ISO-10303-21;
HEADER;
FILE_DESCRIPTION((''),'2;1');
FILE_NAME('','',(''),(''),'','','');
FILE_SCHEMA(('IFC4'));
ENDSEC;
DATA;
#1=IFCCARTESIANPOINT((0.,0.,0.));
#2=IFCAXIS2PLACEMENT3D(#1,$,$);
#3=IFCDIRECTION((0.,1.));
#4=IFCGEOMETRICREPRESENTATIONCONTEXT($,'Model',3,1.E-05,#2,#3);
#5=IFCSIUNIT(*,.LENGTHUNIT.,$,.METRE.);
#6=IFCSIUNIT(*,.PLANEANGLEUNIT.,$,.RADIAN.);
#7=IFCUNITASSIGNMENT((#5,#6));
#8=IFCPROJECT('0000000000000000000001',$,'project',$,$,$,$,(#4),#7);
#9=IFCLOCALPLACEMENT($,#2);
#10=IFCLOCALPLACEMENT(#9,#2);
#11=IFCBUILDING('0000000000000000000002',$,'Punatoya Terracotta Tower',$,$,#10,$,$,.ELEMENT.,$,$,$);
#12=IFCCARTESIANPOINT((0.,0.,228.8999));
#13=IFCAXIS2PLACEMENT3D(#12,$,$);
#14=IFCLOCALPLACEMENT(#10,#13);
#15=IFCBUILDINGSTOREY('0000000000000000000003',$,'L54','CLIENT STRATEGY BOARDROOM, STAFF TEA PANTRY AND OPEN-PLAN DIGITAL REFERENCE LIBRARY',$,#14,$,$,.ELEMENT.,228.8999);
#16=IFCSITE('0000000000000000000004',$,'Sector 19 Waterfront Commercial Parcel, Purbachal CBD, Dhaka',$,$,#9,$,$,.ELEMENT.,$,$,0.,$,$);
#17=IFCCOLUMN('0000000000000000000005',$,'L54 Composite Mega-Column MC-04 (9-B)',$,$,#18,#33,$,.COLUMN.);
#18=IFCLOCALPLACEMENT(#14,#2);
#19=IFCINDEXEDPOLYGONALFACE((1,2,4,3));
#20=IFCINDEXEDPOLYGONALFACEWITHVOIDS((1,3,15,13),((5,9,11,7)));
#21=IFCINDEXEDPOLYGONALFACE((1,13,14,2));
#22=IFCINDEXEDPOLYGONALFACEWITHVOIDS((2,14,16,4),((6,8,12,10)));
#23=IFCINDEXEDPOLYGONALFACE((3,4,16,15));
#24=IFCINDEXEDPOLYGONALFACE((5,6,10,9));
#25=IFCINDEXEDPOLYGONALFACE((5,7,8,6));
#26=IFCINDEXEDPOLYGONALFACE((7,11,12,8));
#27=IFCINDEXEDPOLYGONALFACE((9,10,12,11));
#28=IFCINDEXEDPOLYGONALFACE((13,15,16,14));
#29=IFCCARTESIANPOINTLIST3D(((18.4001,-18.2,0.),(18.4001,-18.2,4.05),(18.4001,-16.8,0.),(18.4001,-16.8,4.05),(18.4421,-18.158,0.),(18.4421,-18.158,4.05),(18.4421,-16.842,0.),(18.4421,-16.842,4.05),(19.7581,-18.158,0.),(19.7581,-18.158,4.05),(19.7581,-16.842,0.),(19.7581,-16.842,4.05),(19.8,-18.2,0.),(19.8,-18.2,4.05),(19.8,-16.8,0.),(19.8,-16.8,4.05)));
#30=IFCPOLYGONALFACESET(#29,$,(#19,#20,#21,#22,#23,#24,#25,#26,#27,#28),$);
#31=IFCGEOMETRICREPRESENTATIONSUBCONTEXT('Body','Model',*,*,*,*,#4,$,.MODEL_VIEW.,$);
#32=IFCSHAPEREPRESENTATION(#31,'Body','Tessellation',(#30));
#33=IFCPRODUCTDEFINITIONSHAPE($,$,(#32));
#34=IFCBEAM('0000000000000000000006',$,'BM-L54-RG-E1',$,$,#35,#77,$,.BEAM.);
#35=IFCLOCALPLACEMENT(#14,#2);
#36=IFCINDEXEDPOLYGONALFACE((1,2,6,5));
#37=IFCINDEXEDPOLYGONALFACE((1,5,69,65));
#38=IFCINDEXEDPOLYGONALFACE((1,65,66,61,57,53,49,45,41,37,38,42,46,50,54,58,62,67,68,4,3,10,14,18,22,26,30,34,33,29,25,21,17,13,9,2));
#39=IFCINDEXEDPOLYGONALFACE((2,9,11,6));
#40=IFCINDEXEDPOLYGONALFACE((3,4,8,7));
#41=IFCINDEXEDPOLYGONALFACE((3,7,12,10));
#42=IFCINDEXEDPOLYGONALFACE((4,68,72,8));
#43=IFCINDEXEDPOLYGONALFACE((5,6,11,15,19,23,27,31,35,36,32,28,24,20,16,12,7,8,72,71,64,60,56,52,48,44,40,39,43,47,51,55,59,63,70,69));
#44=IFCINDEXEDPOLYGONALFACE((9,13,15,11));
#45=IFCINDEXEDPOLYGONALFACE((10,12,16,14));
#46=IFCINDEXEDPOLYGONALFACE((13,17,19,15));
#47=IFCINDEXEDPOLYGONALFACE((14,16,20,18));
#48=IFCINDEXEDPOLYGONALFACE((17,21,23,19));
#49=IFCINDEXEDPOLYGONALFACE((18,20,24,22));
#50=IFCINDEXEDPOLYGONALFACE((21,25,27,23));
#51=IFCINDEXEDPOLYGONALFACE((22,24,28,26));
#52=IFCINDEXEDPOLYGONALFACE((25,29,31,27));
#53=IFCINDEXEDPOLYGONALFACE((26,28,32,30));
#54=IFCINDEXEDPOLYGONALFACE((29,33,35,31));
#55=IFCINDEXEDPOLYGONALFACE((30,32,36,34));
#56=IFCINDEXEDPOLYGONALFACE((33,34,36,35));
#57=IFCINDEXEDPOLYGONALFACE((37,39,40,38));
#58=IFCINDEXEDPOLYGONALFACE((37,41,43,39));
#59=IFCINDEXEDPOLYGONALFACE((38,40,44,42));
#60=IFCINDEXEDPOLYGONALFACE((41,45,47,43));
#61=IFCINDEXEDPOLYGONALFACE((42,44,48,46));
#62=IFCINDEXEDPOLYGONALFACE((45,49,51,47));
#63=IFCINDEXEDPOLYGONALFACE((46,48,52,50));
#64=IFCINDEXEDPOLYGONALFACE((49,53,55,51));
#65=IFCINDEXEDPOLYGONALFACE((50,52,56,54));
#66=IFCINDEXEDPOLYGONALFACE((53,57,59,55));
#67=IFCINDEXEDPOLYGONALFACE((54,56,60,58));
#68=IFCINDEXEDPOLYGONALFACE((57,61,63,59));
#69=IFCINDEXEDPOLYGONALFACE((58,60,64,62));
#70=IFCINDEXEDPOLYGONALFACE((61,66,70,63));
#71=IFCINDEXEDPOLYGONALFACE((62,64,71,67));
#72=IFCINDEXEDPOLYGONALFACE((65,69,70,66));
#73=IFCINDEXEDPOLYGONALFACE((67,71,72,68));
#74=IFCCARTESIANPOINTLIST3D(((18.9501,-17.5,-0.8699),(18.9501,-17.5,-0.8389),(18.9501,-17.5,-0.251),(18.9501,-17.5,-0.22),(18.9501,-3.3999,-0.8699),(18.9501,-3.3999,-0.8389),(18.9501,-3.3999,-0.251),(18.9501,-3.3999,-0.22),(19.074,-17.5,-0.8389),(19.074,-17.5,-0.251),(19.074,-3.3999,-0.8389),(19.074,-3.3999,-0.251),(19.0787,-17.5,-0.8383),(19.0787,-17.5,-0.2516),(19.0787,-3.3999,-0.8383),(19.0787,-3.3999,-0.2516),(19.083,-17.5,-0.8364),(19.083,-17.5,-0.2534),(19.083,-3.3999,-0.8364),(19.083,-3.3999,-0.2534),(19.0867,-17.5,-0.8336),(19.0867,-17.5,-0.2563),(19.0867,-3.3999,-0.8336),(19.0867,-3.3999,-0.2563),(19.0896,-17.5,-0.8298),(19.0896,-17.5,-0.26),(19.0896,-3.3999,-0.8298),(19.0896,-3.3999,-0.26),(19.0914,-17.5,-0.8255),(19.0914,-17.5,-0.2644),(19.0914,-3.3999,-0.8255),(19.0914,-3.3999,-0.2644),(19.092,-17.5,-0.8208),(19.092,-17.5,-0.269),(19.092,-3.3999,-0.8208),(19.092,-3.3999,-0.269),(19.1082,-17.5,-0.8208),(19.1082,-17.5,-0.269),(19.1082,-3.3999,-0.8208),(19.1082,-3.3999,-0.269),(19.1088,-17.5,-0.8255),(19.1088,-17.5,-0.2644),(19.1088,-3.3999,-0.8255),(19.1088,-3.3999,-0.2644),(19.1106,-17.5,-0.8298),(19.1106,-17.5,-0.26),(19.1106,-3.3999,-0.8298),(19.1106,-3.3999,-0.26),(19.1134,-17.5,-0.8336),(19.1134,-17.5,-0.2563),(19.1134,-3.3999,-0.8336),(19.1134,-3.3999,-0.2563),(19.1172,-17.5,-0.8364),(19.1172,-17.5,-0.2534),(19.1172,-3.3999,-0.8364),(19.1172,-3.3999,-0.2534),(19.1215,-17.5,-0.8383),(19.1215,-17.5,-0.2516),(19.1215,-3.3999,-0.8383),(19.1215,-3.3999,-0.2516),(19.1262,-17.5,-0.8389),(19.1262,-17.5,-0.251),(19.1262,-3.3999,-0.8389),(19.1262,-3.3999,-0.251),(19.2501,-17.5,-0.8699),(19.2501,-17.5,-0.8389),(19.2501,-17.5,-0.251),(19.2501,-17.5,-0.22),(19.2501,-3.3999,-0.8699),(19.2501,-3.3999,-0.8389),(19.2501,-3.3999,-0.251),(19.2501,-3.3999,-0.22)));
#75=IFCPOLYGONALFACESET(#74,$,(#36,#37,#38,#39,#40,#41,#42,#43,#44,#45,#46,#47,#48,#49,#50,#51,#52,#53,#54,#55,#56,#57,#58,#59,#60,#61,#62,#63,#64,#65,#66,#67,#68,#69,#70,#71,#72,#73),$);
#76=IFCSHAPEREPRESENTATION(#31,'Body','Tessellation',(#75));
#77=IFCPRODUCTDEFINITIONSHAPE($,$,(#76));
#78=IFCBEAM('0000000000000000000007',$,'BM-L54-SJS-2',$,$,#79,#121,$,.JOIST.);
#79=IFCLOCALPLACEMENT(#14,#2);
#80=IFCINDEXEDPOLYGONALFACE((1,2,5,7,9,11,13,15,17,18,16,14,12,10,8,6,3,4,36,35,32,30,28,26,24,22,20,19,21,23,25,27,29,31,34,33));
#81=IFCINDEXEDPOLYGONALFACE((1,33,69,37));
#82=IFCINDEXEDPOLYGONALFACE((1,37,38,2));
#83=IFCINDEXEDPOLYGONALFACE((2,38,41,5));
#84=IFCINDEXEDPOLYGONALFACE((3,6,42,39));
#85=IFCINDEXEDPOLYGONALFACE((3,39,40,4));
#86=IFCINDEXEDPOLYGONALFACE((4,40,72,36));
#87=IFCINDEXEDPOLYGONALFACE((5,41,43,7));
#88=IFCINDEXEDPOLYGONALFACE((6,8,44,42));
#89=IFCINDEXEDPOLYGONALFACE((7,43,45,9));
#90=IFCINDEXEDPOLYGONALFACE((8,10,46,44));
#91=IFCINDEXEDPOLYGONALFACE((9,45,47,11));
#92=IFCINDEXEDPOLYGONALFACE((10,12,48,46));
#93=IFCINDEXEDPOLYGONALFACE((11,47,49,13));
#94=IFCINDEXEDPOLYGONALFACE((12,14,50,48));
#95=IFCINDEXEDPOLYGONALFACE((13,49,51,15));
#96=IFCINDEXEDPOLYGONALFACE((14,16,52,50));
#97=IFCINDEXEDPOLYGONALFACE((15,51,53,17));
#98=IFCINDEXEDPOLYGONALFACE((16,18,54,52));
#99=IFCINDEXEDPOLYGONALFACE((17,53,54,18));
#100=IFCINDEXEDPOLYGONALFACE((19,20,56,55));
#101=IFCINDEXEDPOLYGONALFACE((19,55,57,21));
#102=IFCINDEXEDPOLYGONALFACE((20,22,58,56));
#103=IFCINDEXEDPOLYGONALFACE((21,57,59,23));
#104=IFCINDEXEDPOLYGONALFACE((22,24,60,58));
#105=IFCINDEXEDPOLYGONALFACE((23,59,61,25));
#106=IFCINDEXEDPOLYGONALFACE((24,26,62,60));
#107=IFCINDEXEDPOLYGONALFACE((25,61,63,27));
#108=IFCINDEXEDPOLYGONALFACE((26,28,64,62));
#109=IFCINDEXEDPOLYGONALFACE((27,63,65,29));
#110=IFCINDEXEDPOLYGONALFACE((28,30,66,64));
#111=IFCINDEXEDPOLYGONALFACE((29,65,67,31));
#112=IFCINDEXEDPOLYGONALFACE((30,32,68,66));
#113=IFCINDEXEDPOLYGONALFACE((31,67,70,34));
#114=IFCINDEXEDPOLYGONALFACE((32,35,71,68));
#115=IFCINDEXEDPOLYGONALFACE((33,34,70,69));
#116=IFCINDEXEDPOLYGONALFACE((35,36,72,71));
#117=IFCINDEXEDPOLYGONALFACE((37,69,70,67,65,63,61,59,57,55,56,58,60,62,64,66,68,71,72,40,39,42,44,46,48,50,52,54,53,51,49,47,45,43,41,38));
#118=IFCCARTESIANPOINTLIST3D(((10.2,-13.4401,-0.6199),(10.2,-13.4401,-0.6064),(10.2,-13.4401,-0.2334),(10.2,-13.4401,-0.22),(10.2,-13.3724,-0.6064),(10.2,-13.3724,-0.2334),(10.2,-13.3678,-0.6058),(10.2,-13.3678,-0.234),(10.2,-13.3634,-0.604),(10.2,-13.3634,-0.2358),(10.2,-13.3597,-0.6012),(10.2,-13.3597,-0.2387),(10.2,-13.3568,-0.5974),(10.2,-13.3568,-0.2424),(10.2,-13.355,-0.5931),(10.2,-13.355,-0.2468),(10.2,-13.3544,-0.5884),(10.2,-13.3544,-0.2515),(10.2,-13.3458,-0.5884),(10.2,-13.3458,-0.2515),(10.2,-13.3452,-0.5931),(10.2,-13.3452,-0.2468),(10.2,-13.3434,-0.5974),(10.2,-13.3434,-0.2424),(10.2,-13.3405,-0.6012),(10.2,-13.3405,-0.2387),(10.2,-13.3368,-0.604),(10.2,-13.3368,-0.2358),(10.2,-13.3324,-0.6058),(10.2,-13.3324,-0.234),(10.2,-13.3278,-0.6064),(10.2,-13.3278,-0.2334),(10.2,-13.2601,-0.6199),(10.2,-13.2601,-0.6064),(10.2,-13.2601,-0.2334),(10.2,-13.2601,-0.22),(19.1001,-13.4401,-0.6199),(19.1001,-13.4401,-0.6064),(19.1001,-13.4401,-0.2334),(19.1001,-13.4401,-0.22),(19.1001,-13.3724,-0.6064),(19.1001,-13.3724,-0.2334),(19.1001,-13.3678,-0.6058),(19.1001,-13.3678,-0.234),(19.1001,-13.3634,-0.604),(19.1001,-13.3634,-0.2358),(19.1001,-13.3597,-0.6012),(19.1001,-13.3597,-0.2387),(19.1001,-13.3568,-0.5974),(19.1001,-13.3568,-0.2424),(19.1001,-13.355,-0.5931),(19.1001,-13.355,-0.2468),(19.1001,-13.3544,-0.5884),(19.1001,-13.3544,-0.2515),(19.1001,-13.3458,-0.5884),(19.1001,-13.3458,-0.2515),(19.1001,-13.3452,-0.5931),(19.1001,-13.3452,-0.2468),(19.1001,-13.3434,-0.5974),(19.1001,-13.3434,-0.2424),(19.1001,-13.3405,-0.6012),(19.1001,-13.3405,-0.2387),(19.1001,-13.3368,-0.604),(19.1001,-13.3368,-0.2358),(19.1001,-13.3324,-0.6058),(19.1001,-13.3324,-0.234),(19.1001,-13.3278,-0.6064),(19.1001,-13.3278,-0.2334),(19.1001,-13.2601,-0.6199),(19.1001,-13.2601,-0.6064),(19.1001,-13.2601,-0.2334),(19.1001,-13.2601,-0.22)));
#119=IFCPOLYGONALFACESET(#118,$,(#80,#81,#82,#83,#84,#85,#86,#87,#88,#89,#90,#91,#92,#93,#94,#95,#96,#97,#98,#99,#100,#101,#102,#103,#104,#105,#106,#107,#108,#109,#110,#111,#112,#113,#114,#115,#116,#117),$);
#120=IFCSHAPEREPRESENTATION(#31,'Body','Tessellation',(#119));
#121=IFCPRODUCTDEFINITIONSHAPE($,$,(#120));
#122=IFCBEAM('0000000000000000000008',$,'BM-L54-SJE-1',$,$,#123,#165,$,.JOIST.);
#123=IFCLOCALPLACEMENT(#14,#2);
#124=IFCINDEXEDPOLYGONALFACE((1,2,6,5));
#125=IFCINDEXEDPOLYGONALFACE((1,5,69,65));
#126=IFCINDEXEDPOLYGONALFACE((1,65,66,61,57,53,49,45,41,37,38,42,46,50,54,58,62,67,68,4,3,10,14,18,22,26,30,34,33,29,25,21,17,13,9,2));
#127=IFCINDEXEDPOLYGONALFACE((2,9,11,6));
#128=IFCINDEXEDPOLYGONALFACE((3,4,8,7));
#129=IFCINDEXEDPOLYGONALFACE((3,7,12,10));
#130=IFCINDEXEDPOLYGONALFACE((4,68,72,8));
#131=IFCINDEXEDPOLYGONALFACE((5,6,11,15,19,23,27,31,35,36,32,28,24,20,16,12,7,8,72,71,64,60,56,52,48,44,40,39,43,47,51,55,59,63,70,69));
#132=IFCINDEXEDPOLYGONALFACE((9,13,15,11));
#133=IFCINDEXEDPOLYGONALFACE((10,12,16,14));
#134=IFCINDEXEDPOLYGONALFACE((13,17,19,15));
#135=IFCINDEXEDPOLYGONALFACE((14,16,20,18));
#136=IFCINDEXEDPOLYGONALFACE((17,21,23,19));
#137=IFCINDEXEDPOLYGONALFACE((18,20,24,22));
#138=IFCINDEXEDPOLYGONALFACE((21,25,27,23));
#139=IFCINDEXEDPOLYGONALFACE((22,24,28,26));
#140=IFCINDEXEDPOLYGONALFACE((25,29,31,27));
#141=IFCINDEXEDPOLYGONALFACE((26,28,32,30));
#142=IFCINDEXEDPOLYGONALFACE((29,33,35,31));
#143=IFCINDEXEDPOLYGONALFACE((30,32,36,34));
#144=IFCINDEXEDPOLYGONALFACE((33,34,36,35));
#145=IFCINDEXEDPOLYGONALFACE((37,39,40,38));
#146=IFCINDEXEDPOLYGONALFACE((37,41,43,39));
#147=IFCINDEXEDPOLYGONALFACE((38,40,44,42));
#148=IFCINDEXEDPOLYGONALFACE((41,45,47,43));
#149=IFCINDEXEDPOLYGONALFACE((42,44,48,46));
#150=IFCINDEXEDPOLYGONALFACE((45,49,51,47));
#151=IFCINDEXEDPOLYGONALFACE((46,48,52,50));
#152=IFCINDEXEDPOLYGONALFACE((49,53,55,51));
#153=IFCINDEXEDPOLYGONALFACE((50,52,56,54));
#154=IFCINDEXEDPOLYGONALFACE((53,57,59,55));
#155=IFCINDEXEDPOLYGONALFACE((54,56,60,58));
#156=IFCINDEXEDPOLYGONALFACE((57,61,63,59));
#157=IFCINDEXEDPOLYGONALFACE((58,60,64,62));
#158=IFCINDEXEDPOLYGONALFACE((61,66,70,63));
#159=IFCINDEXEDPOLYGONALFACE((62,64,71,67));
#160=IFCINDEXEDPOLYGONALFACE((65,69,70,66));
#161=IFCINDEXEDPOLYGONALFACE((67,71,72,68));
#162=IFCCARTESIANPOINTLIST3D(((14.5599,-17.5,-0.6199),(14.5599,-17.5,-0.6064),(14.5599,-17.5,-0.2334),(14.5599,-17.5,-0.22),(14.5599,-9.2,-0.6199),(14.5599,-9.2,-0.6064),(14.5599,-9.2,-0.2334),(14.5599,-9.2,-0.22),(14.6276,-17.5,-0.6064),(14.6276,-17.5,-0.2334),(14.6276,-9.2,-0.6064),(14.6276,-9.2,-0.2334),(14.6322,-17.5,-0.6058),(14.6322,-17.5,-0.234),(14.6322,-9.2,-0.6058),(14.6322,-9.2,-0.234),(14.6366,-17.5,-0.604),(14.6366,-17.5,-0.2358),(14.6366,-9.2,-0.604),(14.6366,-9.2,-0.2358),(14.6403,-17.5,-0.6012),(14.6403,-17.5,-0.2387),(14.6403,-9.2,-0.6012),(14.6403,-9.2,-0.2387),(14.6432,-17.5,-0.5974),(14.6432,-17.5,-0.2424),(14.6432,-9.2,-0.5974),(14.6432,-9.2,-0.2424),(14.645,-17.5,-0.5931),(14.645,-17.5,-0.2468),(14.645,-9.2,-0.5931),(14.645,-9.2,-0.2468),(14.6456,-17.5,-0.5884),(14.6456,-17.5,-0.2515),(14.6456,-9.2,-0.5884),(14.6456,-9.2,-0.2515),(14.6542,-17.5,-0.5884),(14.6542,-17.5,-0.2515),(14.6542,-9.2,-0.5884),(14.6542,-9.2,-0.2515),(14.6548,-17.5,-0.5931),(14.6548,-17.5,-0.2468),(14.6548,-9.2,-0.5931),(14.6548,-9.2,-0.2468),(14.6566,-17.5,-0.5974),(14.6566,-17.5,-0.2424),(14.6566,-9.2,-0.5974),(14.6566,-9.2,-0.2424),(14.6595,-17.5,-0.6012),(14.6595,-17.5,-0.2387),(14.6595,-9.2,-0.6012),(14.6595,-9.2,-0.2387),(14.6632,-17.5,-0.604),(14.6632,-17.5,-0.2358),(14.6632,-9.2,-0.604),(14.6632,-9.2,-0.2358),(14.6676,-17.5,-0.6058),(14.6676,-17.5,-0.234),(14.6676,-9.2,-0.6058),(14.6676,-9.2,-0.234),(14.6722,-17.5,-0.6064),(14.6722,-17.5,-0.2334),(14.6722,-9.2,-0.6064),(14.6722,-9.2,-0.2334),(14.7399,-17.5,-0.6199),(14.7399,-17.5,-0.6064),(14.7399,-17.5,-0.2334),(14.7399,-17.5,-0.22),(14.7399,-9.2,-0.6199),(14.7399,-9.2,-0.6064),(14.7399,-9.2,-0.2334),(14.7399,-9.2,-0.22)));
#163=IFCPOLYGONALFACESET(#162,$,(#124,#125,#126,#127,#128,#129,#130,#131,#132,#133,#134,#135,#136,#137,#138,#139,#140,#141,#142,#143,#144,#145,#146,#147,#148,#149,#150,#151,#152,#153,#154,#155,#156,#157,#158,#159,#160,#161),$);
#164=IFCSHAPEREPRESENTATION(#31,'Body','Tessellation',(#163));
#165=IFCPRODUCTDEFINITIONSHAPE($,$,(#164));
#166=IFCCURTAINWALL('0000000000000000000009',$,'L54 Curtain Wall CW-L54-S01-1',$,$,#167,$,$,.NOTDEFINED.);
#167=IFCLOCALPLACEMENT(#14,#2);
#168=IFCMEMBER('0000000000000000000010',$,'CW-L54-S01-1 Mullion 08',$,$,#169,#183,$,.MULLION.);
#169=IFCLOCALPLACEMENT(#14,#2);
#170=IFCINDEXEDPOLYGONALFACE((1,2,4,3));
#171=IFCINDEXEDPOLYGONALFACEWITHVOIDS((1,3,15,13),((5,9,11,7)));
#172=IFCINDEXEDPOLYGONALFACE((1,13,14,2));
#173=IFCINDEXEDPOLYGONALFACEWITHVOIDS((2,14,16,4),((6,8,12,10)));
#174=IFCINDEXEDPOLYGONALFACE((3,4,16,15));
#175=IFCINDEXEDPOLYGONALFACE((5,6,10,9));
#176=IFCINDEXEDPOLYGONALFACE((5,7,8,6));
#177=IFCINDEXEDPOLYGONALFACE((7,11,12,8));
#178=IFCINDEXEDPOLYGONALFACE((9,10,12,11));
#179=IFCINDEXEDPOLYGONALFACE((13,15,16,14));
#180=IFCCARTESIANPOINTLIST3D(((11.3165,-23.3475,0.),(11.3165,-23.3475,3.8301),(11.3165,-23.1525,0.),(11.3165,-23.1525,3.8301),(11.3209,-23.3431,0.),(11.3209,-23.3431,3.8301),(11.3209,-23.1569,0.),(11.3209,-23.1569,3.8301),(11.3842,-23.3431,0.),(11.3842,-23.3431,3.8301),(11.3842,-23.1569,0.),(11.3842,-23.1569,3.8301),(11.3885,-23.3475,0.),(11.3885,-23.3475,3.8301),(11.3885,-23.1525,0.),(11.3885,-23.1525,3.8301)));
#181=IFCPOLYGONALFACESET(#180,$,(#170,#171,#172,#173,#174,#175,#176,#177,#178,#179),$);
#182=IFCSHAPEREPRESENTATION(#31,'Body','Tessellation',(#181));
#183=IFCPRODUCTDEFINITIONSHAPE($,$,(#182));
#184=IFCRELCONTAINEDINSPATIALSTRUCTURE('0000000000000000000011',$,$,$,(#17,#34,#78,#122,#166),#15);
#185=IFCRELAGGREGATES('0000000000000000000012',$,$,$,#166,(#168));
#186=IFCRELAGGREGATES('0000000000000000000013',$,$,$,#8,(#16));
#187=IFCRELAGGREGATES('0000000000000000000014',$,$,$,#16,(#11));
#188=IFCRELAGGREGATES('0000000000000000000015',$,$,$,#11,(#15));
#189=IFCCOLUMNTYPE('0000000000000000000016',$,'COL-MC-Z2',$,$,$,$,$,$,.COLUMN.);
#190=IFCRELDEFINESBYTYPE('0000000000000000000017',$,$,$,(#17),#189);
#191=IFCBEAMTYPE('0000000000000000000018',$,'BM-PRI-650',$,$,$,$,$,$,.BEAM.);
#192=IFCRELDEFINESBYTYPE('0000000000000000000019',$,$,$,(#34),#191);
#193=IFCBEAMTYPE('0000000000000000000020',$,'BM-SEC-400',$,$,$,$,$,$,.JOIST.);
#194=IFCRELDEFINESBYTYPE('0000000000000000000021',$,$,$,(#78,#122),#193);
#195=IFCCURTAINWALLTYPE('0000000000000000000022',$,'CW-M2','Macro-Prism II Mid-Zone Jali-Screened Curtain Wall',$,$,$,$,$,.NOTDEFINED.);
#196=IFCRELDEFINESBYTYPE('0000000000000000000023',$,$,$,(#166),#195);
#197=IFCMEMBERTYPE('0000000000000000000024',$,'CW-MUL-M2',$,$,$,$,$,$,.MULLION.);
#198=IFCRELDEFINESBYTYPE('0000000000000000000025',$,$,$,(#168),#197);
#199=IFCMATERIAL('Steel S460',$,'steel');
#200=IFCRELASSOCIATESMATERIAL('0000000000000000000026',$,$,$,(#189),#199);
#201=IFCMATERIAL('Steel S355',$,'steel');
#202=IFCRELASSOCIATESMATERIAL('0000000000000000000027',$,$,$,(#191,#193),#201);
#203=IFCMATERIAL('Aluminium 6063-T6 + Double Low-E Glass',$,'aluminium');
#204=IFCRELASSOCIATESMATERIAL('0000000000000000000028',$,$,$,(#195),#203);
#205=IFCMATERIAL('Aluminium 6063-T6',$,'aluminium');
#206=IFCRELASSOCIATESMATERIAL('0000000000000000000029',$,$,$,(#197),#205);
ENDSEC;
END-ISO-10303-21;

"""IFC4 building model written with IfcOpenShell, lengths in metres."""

from ifc_helpers import new_model, si_unit, direction, frame, origin, origin_2d, place, context, subcontext, project, spatial, hollow_rectangle, i_section, extrude, material, material_profile, profile_set, type_object, element, aggregate, save


model = new_model("IFC4")

# Units and contexts
model_context = context("Model", 3, precision=1e-05, world=origin(), true_north=direction((0.0, 1.0)))
body_context = subcontext(model_context, "Body", "Model", "MODEL_VIEW")
ifc_project = project(units=[si_unit("LENGTHUNIT", "METRE"), si_unit("PLANEANGLEUNIT", "RADIAN")], contexts=[model_context])

# Site, building, storey
site_placement = place(None, origin())
site = spatial("IfcSite", under=ifc_project, at=site_placement, Name="Sector 19 Waterfront Commercial Parcel, Purbachal CBD, Dhaka", CompositionType="ELEMENT", RefElevation=0.0)
building_placement = place(site_placement, origin())
building = spatial("IfcBuilding", under=site, at=building_placement, Name="Punatoya Terracotta Tower", CompositionType="ELEMENT")
storey_placement = place(building_placement, frame((0.0, 0.0, 228.8999)))
storey = spatial("IfcBuildingStorey", under=building, at=storey_placement, Name="L54", Description="CLIENT STRATEGY BOARDROOM, STAFF TEA PANTRY AND OPEN-PLAN DIGITAL REFERENCE LIBRARY", CompositionType="ELEMENT", Elevation=228.8999)

# Column
ifc_material_1 = material(Name="Steel S460", Category="steel")
ifc_material_profile_1 = material_profile(ifc_material_1, hollow_rectangle(XDim=1.3999, YDim=1.3999, WallThickness=0.042, at=origin_2d()))
ifc_profile_set_1 = profile_set([ifc_material_profile_1], Name="Steel S460")
column_type = type_object("IfcColumnType", Name="COL-MC-Z2", PredefinedType="COLUMN", material=ifc_profile_set_1)
column_placement = place(storey_placement, frame((19.1001, -17.5, 0.0), z_axis=(0.0, 0.0, 1.0), x_axis=(1.0, 0.0, 0.0)))
element("IfcColumn", 1, at=column_placement, inside=storey, type_object=column_type, Name="L54 Composite Mega-Column MC-04 (9-B)", PredefinedType="COLUMN", context=body_context, shape_type="SweptSolid", body=[
    extrude(hollow_rectangle(XDim=1.3999, YDim=1.3999, WallThickness=0.042, at=origin_2d()), origin(), (0.0, 0.0, 1.0), 4.05),
])

# Beams
ifc_material_2 = material(Name="Steel S355", Category="steel")
ifc_material_profile_2 = material_profile(ifc_material_2, i_section(OverallWidth=0.3, OverallDepth=0.6499, WebThickness=0.0161, FlangeThickness=0.031, FilletRadius=0.0181, at=origin_2d()))
ifc_profile_set_2 = profile_set([ifc_material_profile_2], Name="Steel S355")
beam_type_1 = type_object("IfcBeamType", Name="BM-PRI-650", PredefinedType="BEAM", material=ifc_profile_set_2)
beam_1_placement = place(storey_placement, frame((19.1001, -17.5, -0.5449), z_axis=(0.0, 1.0, 0.0), x_axis=(-1.0, 0.0, 0.0)))
element("IfcBeam", 2, at=beam_1_placement, inside=storey, type_object=beam_type_1, Name="BM-L54-RG-E1", PredefinedType="BEAM", context=body_context, shape_type="SweptSolid", body=[
    extrude(i_section(OverallWidth=0.3, OverallDepth=0.6499, WebThickness=0.0161, FlangeThickness=0.031, FilletRadius=0.0181, at=origin_2d()), origin(), (0.0, 0.0, 1.0), 14.1001),
])
ifc_material_profile_3 = material_profile(ifc_material_2, i_section(OverallWidth=0.1799, OverallDepth=0.3999, WebThickness=0.0085, FlangeThickness=0.0134, FilletRadius=0.0181, at=origin_2d()))
ifc_profile_set_3 = profile_set([ifc_material_profile_3], Name="Steel S355")
beam_type_2 = type_object("IfcBeamType", Name="BM-SEC-400", PredefinedType="JOIST", material=ifc_profile_set_3)
beam_2_placement = place(storey_placement, frame((10.2, -13.3501, -0.4199), z_axis=(1.0, 0.0, 0.0), x_axis=(0.0, 1.0, 0.0)))
element("IfcBeam", 3, at=beam_2_placement, inside=storey, type_object=beam_type_2, Name="BM-L54-SJS-2", PredefinedType="JOIST", context=body_context, shape_type="SweptSolid", body=[
    extrude(i_section(OverallWidth=0.1799, OverallDepth=0.3999, WebThickness=0.0085, FlangeThickness=0.0134, FilletRadius=0.0181, at=origin_2d()), origin(), (0.0, 0.0, 1.0), 8.9001),
])
beam_3_placement = place(storey_placement, frame((14.6499, -17.5, -0.4199), z_axis=(0.0, 1.0, 0.0), x_axis=(-1.0, 0.0, 0.0)))
element("IfcBeam", 4, at=beam_3_placement, inside=storey, type_object=beam_type_2, Name="BM-L54-SJE-1", PredefinedType="JOIST", context=body_context, shape_type="SweptSolid", body=[
    extrude(i_section(OverallWidth=0.1799, OverallDepth=0.3999, WebThickness=0.0085, FlangeThickness=0.0134, FilletRadius=0.0181, at=origin_2d()), origin(), (0.0, 0.0, 1.0), 8.3),
])

# Curtain wall, member
ifc_material_3 = material(Name="Aluminium 6063-T6 + Double Low-E Glass", Category="aluminium")
curtain_wall_type = type_object("IfcCurtainWallType", Name="CW-M2", Description="Macro-Prism II Mid-Zone Jali-Screened Curtain Wall", PredefinedType="NOTDEFINED", material=ifc_material_3)
curtain_wall_1_placement = place(storey_placement, origin())
curtain_wall_1 = element("IfcCurtainWall", 5, at=curtain_wall_1_placement, inside=storey, type_object=curtain_wall_type, Name="L54 Curtain Wall CW-L54-S01-1", PredefinedType="NOTDEFINED")
ifc_material_4 = material(Name="Aluminium 6063-T6", Category="aluminium")
ifc_material_profile_4 = material_profile(ifc_material_4, hollow_rectangle(XDim=0.072, YDim=0.1951, WallThickness=0.0044, at=origin_2d()))
ifc_profile_set_4 = profile_set([ifc_material_profile_4], Name="Aluminium 6063-T6")
member_type_1 = type_object("IfcMemberType", Name="CW-MUL-M2", PredefinedType="MULLION", material=ifc_profile_set_4)
member_1_placement = place(storey_placement, frame((11.3525, -23.25, 0.0), z_axis=(0.0, 0.0, 1.0), x_axis=(1.0, 0.0, 0.0)))
member_1 = element("IfcMember", 6, at=member_1_placement, type_object=member_type_1, Name="CW-L54-S01-1 Mullion 08", PredefinedType="MULLION", context=body_context, shape_type="SweptSolid", body=[
    extrude(hollow_rectangle(XDim=0.072, YDim=0.1951, WallThickness=0.0044, at=origin_2d()), origin(), (0.0, 0.0, 1.0), 3.8301),
])

aggregate(curtain_wall_1, [member_1])

save(model, "model.ifc")
